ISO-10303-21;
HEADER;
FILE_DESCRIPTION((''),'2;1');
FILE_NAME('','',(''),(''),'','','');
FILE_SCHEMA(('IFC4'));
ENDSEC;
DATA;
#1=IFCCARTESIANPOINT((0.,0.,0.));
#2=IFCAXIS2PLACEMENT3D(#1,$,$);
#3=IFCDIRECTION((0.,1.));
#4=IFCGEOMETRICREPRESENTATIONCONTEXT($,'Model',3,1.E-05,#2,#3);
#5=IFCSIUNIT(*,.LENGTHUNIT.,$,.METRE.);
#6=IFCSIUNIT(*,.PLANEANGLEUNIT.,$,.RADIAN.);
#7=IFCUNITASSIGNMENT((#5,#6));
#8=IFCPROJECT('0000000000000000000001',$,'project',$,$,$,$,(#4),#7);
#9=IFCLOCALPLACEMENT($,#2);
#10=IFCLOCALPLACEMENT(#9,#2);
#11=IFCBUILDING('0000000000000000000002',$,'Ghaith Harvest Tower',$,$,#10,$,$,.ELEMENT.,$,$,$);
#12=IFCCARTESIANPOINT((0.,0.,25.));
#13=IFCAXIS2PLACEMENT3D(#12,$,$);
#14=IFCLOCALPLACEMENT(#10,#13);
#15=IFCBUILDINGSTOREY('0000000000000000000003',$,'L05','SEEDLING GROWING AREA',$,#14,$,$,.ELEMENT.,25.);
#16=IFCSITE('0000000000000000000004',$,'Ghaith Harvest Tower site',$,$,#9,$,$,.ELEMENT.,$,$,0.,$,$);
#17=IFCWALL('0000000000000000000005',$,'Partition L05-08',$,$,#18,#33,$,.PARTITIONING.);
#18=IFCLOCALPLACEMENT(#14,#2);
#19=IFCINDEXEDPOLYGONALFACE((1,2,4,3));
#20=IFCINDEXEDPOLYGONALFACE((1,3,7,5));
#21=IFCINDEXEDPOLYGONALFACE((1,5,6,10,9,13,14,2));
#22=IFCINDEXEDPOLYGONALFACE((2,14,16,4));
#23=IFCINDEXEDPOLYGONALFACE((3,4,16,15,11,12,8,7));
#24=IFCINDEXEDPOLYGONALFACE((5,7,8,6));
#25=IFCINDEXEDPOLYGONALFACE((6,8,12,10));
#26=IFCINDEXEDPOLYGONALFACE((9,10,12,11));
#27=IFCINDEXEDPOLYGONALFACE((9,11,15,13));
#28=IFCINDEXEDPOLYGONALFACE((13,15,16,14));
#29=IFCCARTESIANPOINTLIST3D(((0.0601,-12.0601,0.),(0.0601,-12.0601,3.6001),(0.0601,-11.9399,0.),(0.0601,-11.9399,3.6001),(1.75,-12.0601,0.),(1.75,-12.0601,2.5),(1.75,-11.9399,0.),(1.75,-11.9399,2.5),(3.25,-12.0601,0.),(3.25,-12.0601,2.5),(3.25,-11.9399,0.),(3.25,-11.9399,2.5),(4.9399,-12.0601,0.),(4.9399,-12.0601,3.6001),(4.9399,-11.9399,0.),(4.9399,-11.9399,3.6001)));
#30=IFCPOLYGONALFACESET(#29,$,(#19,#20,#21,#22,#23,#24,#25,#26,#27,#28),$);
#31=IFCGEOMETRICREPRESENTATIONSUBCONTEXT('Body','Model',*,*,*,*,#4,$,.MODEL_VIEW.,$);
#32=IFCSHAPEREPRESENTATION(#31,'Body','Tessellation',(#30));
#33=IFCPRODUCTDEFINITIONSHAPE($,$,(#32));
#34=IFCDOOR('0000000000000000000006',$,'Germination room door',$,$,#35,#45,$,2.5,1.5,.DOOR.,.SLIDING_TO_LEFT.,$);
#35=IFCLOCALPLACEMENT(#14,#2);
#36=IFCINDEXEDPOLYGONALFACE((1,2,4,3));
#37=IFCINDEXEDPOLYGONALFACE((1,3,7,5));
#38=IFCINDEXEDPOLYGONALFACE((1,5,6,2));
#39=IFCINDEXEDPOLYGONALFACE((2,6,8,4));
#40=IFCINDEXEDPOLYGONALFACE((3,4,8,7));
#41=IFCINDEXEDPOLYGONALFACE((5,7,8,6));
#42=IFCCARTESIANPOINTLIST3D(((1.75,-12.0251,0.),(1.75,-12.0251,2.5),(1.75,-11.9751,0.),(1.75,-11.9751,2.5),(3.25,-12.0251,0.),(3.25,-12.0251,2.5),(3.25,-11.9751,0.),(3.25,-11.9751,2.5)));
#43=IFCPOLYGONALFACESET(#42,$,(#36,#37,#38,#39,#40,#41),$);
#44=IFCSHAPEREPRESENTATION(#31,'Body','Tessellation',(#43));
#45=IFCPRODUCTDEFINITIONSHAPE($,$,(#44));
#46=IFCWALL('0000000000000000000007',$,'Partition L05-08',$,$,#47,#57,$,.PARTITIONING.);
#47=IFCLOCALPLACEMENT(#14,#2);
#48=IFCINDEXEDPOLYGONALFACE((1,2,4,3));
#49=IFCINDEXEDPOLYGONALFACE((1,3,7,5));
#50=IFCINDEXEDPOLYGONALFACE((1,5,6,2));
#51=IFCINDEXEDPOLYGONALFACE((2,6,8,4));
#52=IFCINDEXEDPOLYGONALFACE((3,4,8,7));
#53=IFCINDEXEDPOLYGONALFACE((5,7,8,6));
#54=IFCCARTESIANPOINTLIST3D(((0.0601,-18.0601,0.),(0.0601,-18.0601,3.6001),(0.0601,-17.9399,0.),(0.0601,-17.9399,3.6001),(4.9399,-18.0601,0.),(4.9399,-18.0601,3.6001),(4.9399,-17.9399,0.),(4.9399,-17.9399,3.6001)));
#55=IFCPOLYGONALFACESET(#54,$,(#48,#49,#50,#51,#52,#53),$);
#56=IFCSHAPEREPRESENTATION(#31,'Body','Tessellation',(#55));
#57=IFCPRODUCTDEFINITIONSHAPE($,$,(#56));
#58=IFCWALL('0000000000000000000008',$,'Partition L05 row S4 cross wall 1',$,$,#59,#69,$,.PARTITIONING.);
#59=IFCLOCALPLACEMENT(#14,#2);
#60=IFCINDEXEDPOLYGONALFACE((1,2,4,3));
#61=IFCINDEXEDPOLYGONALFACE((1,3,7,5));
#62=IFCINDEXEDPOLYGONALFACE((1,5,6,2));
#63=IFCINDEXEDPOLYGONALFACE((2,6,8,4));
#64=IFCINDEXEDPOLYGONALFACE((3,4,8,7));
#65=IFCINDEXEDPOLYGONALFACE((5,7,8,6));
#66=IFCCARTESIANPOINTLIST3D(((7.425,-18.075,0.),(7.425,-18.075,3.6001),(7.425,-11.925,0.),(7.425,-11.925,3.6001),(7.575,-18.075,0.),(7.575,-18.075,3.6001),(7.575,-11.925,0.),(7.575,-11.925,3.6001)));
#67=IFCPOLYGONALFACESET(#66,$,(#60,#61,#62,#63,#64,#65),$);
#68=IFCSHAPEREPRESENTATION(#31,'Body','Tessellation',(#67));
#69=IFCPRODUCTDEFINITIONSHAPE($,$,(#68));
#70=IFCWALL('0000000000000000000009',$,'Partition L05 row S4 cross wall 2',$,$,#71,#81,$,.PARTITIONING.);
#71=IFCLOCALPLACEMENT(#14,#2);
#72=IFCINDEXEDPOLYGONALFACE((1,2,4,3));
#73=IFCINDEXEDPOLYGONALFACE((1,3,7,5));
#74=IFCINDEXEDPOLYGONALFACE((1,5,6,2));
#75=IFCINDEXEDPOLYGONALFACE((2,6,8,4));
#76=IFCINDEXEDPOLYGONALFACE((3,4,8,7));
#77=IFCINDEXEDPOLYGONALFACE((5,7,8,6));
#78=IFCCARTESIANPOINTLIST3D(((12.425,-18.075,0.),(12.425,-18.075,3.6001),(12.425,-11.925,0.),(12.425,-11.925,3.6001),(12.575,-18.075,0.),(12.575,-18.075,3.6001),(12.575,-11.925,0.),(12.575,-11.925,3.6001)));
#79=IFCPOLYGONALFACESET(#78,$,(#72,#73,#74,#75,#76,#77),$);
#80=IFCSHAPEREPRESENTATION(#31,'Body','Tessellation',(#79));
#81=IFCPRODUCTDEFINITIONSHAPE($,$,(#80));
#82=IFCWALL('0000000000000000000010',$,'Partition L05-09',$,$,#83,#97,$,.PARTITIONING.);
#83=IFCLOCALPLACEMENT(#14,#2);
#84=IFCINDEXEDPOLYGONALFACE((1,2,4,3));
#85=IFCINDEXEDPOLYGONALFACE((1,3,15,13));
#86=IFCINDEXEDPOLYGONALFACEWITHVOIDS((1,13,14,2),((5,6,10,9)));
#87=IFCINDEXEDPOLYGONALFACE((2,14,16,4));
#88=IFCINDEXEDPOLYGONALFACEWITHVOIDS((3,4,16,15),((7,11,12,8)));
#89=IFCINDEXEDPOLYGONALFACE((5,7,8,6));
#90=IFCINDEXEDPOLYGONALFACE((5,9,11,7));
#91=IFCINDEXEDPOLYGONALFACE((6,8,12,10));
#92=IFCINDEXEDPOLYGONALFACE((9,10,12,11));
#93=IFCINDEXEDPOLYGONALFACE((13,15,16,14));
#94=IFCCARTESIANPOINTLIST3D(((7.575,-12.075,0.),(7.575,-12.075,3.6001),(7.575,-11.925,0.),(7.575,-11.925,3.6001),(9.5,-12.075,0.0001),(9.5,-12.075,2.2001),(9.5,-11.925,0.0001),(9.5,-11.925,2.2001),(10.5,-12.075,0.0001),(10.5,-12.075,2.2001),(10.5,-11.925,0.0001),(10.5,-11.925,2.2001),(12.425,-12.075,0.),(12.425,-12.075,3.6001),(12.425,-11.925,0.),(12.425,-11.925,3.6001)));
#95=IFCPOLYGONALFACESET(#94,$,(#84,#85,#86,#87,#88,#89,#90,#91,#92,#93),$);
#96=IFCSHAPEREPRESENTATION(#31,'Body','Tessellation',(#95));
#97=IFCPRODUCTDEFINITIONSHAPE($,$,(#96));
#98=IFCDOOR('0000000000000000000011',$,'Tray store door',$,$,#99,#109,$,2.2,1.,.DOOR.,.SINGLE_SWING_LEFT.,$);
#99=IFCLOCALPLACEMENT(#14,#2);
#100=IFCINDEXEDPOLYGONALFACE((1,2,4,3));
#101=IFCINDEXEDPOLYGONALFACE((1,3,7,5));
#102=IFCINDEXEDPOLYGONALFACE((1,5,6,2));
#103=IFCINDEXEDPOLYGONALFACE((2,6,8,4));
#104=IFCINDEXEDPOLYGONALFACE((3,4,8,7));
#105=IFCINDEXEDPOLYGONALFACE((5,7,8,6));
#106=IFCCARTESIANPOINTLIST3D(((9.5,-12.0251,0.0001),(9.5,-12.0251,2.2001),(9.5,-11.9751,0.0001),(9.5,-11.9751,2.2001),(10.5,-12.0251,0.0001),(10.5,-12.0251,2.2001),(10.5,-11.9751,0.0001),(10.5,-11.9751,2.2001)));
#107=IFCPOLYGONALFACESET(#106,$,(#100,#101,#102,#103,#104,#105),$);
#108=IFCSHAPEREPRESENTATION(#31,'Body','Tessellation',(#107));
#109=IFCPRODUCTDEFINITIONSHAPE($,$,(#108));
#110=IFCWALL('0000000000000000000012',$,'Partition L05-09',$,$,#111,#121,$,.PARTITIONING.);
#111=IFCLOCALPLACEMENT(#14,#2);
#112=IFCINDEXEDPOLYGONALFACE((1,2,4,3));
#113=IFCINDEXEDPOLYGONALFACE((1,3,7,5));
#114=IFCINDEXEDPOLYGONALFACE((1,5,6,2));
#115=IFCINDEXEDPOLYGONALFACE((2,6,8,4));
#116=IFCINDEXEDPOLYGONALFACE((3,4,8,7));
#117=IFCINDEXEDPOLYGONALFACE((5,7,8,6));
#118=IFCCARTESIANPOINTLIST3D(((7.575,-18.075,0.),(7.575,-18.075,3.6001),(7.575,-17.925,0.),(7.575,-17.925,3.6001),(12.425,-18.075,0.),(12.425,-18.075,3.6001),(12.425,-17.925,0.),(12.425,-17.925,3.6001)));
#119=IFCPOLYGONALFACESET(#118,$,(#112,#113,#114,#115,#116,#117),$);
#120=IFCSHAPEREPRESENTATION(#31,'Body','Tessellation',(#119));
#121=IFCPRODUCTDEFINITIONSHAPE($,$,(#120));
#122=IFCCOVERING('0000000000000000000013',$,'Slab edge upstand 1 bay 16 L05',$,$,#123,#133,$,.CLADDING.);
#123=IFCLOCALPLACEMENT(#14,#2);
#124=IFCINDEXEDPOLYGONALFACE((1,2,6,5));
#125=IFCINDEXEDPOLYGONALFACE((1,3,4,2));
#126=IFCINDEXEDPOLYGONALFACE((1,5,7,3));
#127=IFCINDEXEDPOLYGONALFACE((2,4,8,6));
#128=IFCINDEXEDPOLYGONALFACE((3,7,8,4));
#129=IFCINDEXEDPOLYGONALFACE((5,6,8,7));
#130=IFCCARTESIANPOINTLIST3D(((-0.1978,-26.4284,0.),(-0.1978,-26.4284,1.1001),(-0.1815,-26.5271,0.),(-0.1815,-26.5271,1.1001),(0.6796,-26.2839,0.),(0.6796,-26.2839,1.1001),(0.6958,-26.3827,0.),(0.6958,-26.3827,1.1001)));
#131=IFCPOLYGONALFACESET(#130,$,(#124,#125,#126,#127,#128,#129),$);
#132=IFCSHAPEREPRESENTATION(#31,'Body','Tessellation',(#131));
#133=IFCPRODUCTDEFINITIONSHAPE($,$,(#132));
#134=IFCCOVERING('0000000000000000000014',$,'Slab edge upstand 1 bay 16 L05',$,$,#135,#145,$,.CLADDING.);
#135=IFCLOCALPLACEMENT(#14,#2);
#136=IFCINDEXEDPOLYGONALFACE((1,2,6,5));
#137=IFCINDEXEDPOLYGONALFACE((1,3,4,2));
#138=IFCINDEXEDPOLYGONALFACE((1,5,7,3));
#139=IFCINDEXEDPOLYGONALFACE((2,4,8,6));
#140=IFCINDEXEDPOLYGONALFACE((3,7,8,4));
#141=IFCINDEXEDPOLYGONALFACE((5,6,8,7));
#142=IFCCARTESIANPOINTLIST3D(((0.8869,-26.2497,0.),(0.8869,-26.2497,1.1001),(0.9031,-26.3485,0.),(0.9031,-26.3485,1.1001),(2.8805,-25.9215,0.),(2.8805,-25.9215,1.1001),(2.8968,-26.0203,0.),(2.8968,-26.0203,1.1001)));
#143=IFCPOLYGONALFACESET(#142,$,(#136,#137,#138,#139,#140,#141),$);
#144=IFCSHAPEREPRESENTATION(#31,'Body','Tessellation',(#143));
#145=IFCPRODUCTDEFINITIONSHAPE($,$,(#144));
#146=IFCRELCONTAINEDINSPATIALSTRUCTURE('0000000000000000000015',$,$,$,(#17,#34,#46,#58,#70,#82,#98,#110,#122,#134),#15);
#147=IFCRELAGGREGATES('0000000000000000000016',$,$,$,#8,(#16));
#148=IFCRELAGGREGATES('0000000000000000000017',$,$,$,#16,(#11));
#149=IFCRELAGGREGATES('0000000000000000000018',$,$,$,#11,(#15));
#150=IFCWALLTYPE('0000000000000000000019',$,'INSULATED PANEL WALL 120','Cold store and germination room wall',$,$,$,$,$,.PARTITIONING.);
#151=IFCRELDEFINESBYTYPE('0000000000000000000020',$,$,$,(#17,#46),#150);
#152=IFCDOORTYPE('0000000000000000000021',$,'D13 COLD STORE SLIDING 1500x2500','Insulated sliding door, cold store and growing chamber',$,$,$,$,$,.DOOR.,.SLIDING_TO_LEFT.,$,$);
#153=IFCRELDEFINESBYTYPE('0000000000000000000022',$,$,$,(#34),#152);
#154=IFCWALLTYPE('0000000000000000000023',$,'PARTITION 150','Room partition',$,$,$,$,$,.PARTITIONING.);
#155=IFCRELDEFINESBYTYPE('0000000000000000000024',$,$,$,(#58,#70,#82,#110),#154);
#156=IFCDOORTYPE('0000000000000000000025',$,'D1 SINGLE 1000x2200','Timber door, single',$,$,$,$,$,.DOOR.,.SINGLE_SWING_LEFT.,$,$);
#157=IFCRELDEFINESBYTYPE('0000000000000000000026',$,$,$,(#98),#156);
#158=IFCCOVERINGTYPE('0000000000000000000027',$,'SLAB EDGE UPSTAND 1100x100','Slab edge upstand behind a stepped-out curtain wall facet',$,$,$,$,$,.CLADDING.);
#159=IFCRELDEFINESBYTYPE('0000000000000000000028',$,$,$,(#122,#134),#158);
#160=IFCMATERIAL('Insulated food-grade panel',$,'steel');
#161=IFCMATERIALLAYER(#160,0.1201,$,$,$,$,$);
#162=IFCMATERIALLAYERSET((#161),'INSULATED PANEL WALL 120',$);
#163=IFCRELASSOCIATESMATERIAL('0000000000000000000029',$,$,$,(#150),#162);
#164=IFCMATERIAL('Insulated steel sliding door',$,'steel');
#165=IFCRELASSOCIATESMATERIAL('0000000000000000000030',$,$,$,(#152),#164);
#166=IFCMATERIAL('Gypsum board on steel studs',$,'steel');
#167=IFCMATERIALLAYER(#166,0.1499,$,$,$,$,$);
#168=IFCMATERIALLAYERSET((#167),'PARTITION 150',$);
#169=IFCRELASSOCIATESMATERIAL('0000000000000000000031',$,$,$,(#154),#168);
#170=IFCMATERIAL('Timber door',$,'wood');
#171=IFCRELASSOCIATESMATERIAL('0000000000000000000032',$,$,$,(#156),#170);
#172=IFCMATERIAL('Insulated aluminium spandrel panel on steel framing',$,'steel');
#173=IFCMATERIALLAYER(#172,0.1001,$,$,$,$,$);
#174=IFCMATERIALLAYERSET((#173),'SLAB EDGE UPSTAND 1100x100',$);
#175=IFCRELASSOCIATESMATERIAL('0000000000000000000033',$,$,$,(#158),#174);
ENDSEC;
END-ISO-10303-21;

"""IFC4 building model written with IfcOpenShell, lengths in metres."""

from ifc_helpers import new_model, si_unit, direction, frame, frame_2d, origin, origin_2d, place, context, subcontext, project, spatial, rectangle, extrude, material, layer, layer_set, type_object, element, fill, save


model = new_model("IFC4")

# Units and contexts
model_context = context("Model", 3, precision=1e-05, world=origin(), true_north=direction((0.0, 1.0)))
body_context = subcontext(model_context, "Body", "Model", "MODEL_VIEW")
ifc_project = project(units=[si_unit("LENGTHUNIT", "METRE"), si_unit("PLANEANGLEUNIT", "RADIAN")], contexts=[model_context])

# Site, building, storey
site_placement = place(None, origin())
site = spatial("IfcSite", under=ifc_project, at=site_placement, Name="Ghaith Harvest Tower site", CompositionType="ELEMENT", RefElevation=0.0)
building_placement = place(site_placement, origin())
building = spatial("IfcBuilding", under=site, at=building_placement, Name="Ghaith Harvest Tower", CompositionType="ELEMENT")
storey_placement = place(building_placement, frame((0.0, 0.0, 25.0)))
storey = spatial("IfcBuildingStorey", under=building, at=storey_placement, Name="L05", Description="SEEDLING GROWING AREA", CompositionType="ELEMENT", Elevation=25.0)

# Shared definitions
ifc_material_1 = material(Name="Insulated food-grade panel", Category="steel")
ifc_layer_1 = layer(ifc_material_1, 0.1201)
ifc_layer_set_1 = layer_set([ifc_layer_1], Name="INSULATED PANEL WALL 120")
wall_type_1 = type_object("IfcWallType", Name="INSULATED PANEL WALL 120", Description="Cold store and germination room wall", PredefinedType="PARTITIONING", material=ifc_layer_set_1)

# Wall, opening, door
wall_1_placement = place(storey_placement, frame((0.0601, -12.0, 0.0), z_axis=(0.0, 0.0, 1.0), x_axis=(1.0, 0.0, 0.0)))
wall_1 = element("IfcWall", 1, at=wall_1_placement, inside=storey, type_object=wall_type_1, Name="Partition L05-08", PredefinedType="PARTITIONING", context=body_context, shape_type="SweptSolid", body=[
    extrude(rectangle(XDim=4.8799, YDim=0.1201, at=frame_2d((2.4399, 0.0))), origin(), (0.0, 0.0, 1.0), 3.6001),
])
opening_1_placement = place(wall_1_placement, frame((1.6899, 0.0, 0.0)))
opening_1 = element("IfcOpeningElement", 2, at=opening_1_placement, cuts=wall_1, PredefinedType="OPENING", context=body_context, shape_type="SweptSolid", body=[
    extrude(rectangle(XDim=1.5, YDim=2.5, at=frame_2d((0.75, 1.25))), frame((0.0, 0.0701, 0.0), z_axis=(0.0, -1.0, 0.0), x_axis=(1.0, 0.0, 0.0)), (0.0, 0.0, 1.0), 0.1401),
])
ifc_material_2 = material(Name="Insulated steel sliding door", Category="steel")
door_type_1 = type_object("IfcDoorType", Name="D13 COLD STORE SLIDING 1500x2500", Description="Insulated sliding door, cold store and growing chamber", OperationType="SLIDING_TO_LEFT", PredefinedType="DOOR", material=ifc_material_2)
door_1_placement = place(opening_1_placement, origin())
door_1 = element("IfcDoor", 3, at=door_1_placement, inside=storey, type_object=door_type_1, Name="Germination room door", OperationType="SLIDING_TO_LEFT", OverallHeight=2.5, OverallWidth=1.5, PredefinedType="DOOR", context=body_context, shape_type="SweptSolid", body=[
    extrude(rectangle(XDim=1.5, YDim=2.5, at=frame_2d((0.75, 1.25))), frame((0.0, 0.0249, 0.0), z_axis=(0.0, -1.0, 0.0), x_axis=(1.0, 0.0, 0.0)), (0.0, 0.0, 1.0), 0.05),
])
fill(opening_1, door_1)

# Walls
wall_2_placement = place(storey_placement, frame((0.0601, -18.0, 0.0), z_axis=(0.0, 0.0, 1.0), x_axis=(1.0, 0.0, 0.0)))
element("IfcWall", 4, at=wall_2_placement, inside=storey, type_object=wall_type_1, Name="Partition L05-08", PredefinedType="PARTITIONING", context=body_context, shape_type="SweptSolid", body=[
    extrude(rectangle(XDim=4.8799, YDim=0.1201, at=frame_2d((2.4399, 0.0))), origin(), (0.0, 0.0, 1.0), 3.6001),
])
ifc_material_3 = material(Name="Gypsum board on steel studs", Category="steel")
ifc_layer_2 = layer(ifc_material_3, 0.1499)
ifc_layer_set_2 = layer_set([ifc_layer_2], Name="PARTITION 150")
wall_type_2 = type_object("IfcWallType", Name="PARTITION 150", Description="Room partition", PredefinedType="PARTITIONING", material=ifc_layer_set_2)
for number, where, z_axis, x_axis, name in (
    (5, (7.5, -11.925, 0.0), (0.0, 0.0, 1.0), (0.0, -1.0, 0.0), "Partition L05 row S4 cross wall 1"),
    (6, (12.5, -11.925, 0.0), (0.0, 0.0, 1.0), (0.0, -1.0, 0.0), "Partition L05 row S4 cross wall 2"),
):
    element("IfcWall", number, at=place(storey_placement, frame(where, z_axis=z_axis, x_axis=x_axis)), inside=storey, type_object=wall_type_2, Name=name, PredefinedType="PARTITIONING", context=body_context, shape_type="SweptSolid", body=[
        extrude(rectangle(XDim=6.1499, YDim=0.1499, at=frame_2d((3.075, 0.0))), origin(), (0.0, 0.0, 1.0), 3.6001),
    ])

# Wall, opening, door
wall_3_placement = place(storey_placement, frame((7.575, -12.0, 0.0), z_axis=(0.0, 0.0, 1.0), x_axis=(1.0, 0.0, 0.0)))
wall_3 = element("IfcWall", 7, at=wall_3_placement, inside=storey, type_object=wall_type_2, Name="Partition L05-09", PredefinedType="PARTITIONING", context=body_context, shape_type="SweptSolid", body=[
    extrude(rectangle(XDim=4.8501, YDim=0.1499, at=frame_2d((2.425, 0.0))), origin(), (0.0, 0.0, 1.0), 3.6001),
])
opening_2_placement = place(wall_3_placement, frame((1.925, 0.0, 0.0)))
opening_2 = element("IfcOpeningElement", 8, at=opening_2_placement, cuts=wall_3, PredefinedType="OPENING", context=body_context, shape_type="SweptSolid", body=[
    extrude(rectangle(XDim=1.0, YDim=2.2, at=frame_2d((0.5, 1.1001))), frame((0.0, 0.085, 0.0), z_axis=(0.0, -1.0, 0.0), x_axis=(1.0, 0.0, 0.0)), (0.0, 0.0, 1.0), 0.1699),
])
ifc_material_4 = material(Name="Timber door", Category="wood")
door_type_2 = type_object("IfcDoorType", Name="D1 SINGLE 1000x2200", Description="Timber door, single", OperationType="SINGLE_SWING_LEFT", PredefinedType="DOOR", material=ifc_material_4)
door_2_placement = place(opening_2_placement, origin())
door_2 = element("IfcDoor", 9, at=door_2_placement, inside=storey, type_object=door_type_2, Name="Tray store door", OperationType="SINGLE_SWING_LEFT", OverallHeight=2.2, OverallWidth=1.0, PredefinedType="DOOR", context=body_context, shape_type="SweptSolid", body=[
    extrude(rectangle(XDim=1.0, YDim=2.2, at=frame_2d((0.5, 1.1001))), frame((0.0, 0.0249, 0.0), z_axis=(0.0, -1.0, 0.0), x_axis=(1.0, 0.0, 0.0)), (0.0, 0.0, 1.0), 0.05),
])
fill(opening_2, door_2)

# Wall
wall_4_placement = place(storey_placement, frame((7.575, -18.0, 0.0), z_axis=(0.0, 0.0, 1.0), x_axis=(1.0, 0.0, 0.0)))
element("IfcWall", 10, at=wall_4_placement, inside=storey, type_object=wall_type_2, Name="Partition L05-09", PredefinedType="PARTITIONING", context=body_context, shape_type="SweptSolid", body=[
    extrude(rectangle(XDim=4.8501, YDim=0.1499, at=frame_2d((2.425, 0.0))), origin(), (0.0, 0.0, 1.0), 3.6001),
])

# Coverings
ifc_material_5 = material(Name="Insulated aluminium spandrel panel on steel framing", Category="steel")
ifc_layer_3 = layer(ifc_material_5, 0.1001)
ifc_layer_set_3 = layer_set([ifc_layer_3], Name="SLAB EDGE UPSTAND 1100x100")
covering_type = type_object("IfcCoveringType", Name="SLAB EDGE UPSTAND 1100x100", Description="Slab edge upstand behind a stepped-out curtain wall facet", PredefinedType="CLADDING", material=ifc_layer_set_3)
covering_1_placement = place(storey_placement, frame((0.249, -26.4055, 0.0), z_axis=(0.0, 0.0, 1.0), x_axis=(0.986716, 0.162453, 0.0)))
element("IfcCovering", 11, at=covering_1_placement, inside=storey, type_object=covering_type, Name="Slab edge upstand 1 bay 16 L05", PredefinedType="CLADDING", context=body_context, shape_type="SweptSolid", body=[
    extrude(rectangle(XDim=0.8892, YDim=0.1001, at=origin_2d()), origin(), (0.0, 0.0, 1.0), 1.1001),
])
covering_2_placement = place(storey_placement, frame((1.8918, -26.135, 0.0), z_axis=(0.0, 0.0, 1.0), x_axis=(0.986716, 0.162453, 0.0)))
element("IfcCovering", 12, at=covering_2_placement, inside=storey, type_object=covering_type, Name="Slab edge upstand 1 bay 16 L05", PredefinedType="CLADDING", context=body_context, shape_type="SweptSolid", body=[
    extrude(rectangle(XDim=2.0205, YDim=0.1001, at=origin_2d()), origin(), (0.0, 0.0, 1.0), 1.1001),
])

save(model, "model.ifc")
